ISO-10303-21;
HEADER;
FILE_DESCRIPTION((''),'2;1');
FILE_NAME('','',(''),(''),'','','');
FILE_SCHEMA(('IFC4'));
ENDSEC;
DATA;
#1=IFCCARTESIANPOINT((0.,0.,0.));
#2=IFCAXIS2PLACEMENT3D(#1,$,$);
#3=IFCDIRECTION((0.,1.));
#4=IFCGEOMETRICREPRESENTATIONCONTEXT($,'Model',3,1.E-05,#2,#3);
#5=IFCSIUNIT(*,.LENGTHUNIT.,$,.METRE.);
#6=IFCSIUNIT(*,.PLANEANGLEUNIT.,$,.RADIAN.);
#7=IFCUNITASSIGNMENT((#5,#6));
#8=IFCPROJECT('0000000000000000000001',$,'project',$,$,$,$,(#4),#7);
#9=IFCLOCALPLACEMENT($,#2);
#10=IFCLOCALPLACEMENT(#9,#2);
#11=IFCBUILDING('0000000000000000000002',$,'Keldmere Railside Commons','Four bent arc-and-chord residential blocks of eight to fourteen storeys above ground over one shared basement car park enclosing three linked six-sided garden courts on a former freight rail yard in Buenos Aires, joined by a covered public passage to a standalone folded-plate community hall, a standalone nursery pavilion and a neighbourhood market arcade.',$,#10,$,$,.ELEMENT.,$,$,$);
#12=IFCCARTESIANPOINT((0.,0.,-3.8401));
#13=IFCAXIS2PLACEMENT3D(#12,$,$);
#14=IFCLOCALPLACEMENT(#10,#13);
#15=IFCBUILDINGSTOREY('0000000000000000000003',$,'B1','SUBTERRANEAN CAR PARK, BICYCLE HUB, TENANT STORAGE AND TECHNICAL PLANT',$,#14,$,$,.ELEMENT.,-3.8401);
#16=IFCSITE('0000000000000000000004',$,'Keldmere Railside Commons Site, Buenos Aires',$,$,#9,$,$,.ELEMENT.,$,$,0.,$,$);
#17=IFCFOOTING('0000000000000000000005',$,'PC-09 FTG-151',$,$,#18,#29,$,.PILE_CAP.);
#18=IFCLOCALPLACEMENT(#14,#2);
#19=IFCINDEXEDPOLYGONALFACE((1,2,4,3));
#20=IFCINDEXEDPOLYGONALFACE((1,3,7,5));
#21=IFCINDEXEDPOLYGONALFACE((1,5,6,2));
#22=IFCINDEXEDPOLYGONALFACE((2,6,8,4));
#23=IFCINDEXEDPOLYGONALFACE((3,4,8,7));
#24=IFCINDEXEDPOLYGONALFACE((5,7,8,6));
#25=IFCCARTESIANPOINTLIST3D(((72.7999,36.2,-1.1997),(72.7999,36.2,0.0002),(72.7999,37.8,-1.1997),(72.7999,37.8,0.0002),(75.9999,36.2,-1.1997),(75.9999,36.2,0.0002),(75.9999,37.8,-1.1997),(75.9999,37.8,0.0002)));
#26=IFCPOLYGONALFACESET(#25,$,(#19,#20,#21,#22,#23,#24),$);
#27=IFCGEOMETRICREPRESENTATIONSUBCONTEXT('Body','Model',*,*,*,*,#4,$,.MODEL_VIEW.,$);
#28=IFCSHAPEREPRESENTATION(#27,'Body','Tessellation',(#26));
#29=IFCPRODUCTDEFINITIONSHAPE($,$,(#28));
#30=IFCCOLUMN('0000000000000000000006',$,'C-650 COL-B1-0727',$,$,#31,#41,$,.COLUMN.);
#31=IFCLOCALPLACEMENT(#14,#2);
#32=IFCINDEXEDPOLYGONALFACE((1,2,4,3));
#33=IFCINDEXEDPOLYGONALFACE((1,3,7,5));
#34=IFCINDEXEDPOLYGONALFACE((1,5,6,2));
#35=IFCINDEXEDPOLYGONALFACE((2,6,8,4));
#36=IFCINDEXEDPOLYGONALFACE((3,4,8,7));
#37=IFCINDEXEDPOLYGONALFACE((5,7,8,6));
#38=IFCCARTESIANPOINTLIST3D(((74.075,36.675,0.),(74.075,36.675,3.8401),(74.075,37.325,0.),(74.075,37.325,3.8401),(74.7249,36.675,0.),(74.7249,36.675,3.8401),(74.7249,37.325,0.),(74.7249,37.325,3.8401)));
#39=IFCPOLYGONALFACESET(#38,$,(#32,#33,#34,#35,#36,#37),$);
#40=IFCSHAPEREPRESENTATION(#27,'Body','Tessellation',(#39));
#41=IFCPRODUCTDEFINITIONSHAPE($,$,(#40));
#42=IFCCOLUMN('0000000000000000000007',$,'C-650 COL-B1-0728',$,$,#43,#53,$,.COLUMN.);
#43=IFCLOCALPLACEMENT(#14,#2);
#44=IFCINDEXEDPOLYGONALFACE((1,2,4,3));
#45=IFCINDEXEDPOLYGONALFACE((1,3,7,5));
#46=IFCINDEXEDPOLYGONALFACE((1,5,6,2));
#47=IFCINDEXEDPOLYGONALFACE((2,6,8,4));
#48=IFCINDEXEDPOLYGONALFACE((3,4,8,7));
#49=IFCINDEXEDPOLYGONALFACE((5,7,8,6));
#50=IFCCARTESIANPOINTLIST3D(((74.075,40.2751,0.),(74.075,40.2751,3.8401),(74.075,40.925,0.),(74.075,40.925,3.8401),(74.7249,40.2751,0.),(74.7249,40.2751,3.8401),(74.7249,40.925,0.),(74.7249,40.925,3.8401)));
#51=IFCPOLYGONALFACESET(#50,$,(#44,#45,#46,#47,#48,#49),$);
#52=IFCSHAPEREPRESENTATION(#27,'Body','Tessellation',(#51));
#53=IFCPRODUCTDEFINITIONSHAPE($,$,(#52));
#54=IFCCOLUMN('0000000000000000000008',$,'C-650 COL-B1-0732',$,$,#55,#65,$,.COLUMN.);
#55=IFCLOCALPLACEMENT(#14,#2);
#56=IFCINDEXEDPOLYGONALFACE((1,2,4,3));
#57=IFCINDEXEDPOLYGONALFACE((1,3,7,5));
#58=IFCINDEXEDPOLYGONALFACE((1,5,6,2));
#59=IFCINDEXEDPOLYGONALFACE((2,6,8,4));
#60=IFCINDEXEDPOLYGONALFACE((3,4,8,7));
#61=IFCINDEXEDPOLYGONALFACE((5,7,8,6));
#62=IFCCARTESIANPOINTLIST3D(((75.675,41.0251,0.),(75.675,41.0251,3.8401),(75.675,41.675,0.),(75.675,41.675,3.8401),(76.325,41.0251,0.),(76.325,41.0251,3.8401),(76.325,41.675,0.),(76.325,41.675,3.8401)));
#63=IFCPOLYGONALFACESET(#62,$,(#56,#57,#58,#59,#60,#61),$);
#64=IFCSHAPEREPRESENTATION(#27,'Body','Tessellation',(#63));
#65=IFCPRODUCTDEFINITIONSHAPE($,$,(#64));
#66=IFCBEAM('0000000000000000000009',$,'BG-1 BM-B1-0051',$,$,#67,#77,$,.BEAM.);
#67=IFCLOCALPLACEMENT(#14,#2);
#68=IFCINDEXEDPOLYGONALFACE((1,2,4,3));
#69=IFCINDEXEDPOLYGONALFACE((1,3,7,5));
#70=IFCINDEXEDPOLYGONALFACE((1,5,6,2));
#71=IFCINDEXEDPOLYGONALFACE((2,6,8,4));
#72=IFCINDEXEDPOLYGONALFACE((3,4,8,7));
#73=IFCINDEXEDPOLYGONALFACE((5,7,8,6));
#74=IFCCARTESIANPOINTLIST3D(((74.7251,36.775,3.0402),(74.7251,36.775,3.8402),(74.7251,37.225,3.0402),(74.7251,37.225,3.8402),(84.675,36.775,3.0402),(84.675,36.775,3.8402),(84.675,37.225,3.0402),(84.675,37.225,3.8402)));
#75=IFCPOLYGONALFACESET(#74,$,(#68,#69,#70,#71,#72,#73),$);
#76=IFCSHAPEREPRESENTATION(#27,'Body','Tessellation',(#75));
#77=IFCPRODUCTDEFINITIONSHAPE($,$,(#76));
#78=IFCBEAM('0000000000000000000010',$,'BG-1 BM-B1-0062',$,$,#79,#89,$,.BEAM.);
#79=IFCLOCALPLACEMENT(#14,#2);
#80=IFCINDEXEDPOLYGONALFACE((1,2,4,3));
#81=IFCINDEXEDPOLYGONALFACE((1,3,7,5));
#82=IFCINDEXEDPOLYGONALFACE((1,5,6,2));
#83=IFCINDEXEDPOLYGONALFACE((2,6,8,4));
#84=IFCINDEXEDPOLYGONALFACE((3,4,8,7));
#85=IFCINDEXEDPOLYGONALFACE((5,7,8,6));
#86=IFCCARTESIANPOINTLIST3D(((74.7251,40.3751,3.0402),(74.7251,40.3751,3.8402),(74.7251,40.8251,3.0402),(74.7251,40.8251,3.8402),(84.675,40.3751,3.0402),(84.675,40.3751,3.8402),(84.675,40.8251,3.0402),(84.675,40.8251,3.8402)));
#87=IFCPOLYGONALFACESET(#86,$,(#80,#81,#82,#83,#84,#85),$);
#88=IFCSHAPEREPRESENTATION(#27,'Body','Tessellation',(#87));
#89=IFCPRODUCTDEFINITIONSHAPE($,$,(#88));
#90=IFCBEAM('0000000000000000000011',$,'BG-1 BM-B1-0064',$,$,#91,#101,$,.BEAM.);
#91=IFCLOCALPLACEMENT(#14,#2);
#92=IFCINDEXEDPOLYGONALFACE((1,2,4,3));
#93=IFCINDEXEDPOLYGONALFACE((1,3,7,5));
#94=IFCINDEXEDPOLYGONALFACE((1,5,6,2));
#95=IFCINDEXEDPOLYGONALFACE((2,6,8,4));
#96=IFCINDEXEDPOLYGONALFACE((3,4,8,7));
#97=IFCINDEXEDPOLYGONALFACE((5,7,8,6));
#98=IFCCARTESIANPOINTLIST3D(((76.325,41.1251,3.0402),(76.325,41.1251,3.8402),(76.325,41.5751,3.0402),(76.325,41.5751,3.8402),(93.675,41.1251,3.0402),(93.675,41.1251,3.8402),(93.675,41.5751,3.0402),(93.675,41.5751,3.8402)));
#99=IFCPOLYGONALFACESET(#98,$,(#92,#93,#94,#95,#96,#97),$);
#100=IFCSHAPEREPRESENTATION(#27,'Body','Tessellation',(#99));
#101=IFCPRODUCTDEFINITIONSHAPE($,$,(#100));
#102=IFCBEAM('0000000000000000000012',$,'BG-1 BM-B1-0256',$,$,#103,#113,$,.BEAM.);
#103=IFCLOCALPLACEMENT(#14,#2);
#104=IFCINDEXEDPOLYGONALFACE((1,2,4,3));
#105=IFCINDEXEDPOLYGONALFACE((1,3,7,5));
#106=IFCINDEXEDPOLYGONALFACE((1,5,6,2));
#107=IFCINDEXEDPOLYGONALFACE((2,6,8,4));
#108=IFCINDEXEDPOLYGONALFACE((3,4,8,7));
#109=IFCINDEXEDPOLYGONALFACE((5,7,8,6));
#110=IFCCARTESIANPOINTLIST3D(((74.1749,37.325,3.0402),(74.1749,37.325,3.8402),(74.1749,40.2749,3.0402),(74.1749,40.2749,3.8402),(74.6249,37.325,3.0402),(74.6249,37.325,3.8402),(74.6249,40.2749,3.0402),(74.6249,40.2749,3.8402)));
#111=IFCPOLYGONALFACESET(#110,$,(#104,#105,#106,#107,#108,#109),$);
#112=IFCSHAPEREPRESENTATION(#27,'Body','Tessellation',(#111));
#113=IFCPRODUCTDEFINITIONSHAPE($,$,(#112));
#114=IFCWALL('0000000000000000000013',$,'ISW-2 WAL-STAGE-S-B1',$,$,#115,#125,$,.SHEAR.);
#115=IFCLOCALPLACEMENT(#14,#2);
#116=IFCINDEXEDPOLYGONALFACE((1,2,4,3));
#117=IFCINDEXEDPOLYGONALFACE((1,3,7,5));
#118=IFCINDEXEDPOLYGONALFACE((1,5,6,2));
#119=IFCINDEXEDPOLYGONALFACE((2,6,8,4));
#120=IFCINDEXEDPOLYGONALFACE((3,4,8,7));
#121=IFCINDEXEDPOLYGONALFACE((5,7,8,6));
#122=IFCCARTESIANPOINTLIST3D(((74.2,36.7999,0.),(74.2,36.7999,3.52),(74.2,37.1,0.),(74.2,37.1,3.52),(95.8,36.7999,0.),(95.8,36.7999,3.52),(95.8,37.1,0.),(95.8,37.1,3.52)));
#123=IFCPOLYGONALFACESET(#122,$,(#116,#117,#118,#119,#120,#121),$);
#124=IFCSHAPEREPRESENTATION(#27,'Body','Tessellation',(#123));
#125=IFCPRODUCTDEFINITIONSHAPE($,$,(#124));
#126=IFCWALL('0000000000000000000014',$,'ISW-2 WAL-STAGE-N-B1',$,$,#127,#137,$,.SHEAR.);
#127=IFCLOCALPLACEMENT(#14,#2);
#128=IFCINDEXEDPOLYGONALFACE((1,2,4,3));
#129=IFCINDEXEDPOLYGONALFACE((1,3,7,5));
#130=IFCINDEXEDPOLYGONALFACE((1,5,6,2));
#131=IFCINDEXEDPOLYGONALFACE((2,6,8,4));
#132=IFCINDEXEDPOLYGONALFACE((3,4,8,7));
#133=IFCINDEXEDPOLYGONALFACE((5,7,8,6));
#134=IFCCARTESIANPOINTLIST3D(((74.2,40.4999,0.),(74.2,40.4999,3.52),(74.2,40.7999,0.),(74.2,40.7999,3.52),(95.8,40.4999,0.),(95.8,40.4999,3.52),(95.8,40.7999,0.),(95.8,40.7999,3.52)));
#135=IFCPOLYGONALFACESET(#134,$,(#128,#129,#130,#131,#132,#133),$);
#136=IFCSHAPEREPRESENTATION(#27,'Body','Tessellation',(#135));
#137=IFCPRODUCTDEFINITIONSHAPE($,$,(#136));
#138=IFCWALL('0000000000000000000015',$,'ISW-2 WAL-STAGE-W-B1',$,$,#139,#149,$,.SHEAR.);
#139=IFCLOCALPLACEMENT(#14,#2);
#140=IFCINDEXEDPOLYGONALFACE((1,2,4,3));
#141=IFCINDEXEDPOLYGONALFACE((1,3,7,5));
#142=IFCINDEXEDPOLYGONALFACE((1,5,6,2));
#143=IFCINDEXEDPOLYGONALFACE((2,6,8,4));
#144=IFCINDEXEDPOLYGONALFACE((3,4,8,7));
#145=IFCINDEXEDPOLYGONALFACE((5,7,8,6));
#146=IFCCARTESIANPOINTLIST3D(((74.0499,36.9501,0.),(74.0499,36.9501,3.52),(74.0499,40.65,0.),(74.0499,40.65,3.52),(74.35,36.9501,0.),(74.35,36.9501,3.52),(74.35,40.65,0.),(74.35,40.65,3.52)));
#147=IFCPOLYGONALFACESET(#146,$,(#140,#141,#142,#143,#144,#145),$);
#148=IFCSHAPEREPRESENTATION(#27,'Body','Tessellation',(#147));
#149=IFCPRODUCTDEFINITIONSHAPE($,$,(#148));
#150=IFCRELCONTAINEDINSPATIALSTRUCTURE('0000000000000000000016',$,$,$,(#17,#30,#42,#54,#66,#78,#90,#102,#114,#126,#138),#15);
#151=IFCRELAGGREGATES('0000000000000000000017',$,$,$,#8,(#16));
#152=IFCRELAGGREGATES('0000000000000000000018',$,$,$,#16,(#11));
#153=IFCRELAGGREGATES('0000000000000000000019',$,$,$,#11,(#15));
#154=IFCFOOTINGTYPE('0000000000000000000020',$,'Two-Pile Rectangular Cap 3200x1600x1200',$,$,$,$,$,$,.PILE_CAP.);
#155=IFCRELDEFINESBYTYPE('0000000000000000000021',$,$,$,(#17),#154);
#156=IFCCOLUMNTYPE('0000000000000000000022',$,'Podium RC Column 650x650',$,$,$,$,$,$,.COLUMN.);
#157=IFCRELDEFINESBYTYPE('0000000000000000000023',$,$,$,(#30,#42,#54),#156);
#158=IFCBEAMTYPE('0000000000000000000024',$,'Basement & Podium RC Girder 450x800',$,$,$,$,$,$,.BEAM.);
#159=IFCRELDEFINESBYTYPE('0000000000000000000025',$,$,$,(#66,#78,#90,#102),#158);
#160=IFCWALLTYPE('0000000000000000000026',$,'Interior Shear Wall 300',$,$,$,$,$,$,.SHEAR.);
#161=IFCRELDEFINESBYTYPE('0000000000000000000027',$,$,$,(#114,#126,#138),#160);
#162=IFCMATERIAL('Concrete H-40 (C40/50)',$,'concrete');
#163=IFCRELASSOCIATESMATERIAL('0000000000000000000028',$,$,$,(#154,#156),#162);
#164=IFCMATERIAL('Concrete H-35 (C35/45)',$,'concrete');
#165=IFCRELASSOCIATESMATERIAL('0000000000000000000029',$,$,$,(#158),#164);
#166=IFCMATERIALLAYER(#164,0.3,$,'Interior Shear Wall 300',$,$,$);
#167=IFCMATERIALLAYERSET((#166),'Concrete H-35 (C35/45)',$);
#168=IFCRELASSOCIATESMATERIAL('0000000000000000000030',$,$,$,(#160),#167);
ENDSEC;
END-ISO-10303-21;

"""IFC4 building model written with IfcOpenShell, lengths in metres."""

from ifc_helpers import new_model, si_unit, direction, frame, frame_2d, origin, origin_2d, place, context, subcontext, project, spatial, rectangle, extrude, material, layer, layer_set, material_profile, profile_set, type_object, element, save


model = new_model("IFC4")

# Units and contexts
model_context = context("Model", 3, precision=1e-05, world=origin(), true_north=direction((0.0, 1.0)))
body_context = subcontext(model_context, "Body", "Model", "MODEL_VIEW")
ifc_project = project(units=[si_unit("LENGTHUNIT", "METRE"), si_unit("PLANEANGLEUNIT", "RADIAN")], contexts=[model_context])

# Site, building, storey
site_placement = place(None, origin())
site = spatial("IfcSite", under=ifc_project, at=site_placement, Name="Keldmere Railside Commons Site, Buenos Aires", CompositionType="ELEMENT", RefElevation=0.0)
building_placement = place(site_placement, origin())
building = spatial("IfcBuilding", under=site, at=building_placement, Name="Keldmere Railside Commons", Description="Four bent arc-and-chord residential blocks of eight to fourteen storeys above ground over one shared basement car park enclosing three linked six-sided garden courts on a former freight rail yard in Buenos Aires, joined by a covered public passage to a standalone folded-plate community hall, a standalone nursery pavilion and a neighbourhood market arcade.", CompositionType="ELEMENT")
storey_placement = place(building_placement, frame((0.0, 0.0, -3.8401)))
storey = spatial("IfcBuildingStorey", under=building, at=storey_placement, Name="B1", Description="SUBTERRANEAN CAR PARK, BICYCLE HUB, TENANT STORAGE AND TECHNICAL PLANT", CompositionType="ELEMENT", Elevation=-3.8401)

# Footing
ifc_material_1 = material(Name="Concrete H-40 (C40/50)", Category="concrete")
footing_type_1 = type_object("IfcFootingType", Name="Two-Pile Rectangular Cap 3200x1600x1200", PredefinedType="PILE_CAP", material=ifc_material_1)
footing_1_placement = place(storey_placement, frame((74.3999, 37.0, -1.1997), z_axis=(0.0, 0.0, 1.0), x_axis=(1.0, 0.0, 0.0)))
element("IfcFooting", 1, at=footing_1_placement, inside=storey, type_object=footing_type_1, Name="PC-09 FTG-151", PredefinedType="PILE_CAP", context=body_context, shape_type="SweptSolid", body=[
    extrude(rectangle(XDim=3.2, YDim=1.6001, at=origin_2d()), origin(), (0.0, 0.0, 1.0), 1.2),
])

# Columns
ifc_material_profile_1 = material_profile(ifc_material_1, rectangle(XDim=0.6499, YDim=0.6499, at=origin_2d()), Name="RC-650x650")
ifc_profile_set_1 = profile_set([ifc_material_profile_1], Name="Concrete H-40 (C40/50)")
column_type = type_object("IfcColumnType", Name="Podium RC Column 650x650", PredefinedType="COLUMN", material=ifc_profile_set_1)
for number, where, z_axis, x_axis, name in (
    (2, (74.3999, 37.0, 0.0), (0.0, 0.0, 1.0), (1.0, 0.0, 0.0), "C-650 COL-B1-0727"),
    (3, (74.3999, 40.6001, 0.0), (0.0, 0.0, 1.0), (1.0, 0.0, 0.0), "C-650 COL-B1-0728"),
    (4, (76.0, 41.3501, 0.0), (0.0, 0.0, 1.0), (1.0, 0.0, 0.0), "C-650 COL-B1-0732"),
):
    element("IfcColumn", number, at=place(storey_placement, frame(where, z_axis=z_axis, x_axis=x_axis)), inside=storey, type_object=column_type, Name=name, PredefinedType="COLUMN", context=body_context, shape_type="SweptSolid", body=[
        extrude(rectangle(XDim=0.6499, YDim=0.6499, at=origin_2d()), origin(), (0.0, 0.0, 1.0), 3.8401),
    ])

# Beams
ifc_material_2 = material(Name="Concrete H-35 (C35/45)", Category="concrete")
ifc_material_profile_2 = material_profile(ifc_material_2, rectangle(XDim=0.45, YDim=0.8, at=origin_2d()), Name="RC-450x800")
ifc_profile_set_2 = profile_set([ifc_material_profile_2], Name="Concrete H-35 (C35/45)")
beam_type = type_object("IfcBeamType", Name="Basement & Podium RC Girder 450x800", PredefinedType="BEAM", material=ifc_profile_set_2)
for number, where, z_axis, x_axis, name in (
    (5, (74.7251, 37.0, 3.4402), (1.0, 0.0, 0.0), (0.0, 1.0, 0.0), "BG-1 BM-B1-0051"),
    (6, (74.7251, 40.6001, 3.4402), (1.0, 0.0, 0.0), (0.0, 1.0, 0.0), "BG-1 BM-B1-0062"),
):
    element("IfcBeam", number, at=place(storey_placement, frame(where, z_axis=z_axis, x_axis=x_axis)), inside=storey, type_object=beam_type, Name=name, PredefinedType="BEAM", context=body_context, shape_type="SweptSolid", body=[
        extrude(rectangle(XDim=0.45, YDim=0.8, at=origin_2d()), origin(), (0.0, 0.0, 1.0), 9.95),
    ])
beam_1_placement = place(storey_placement, frame((76.325, 41.3501, 3.4402), z_axis=(1.0, 0.0, 0.0), x_axis=(0.0, 1.0, 0.0)))
element("IfcBeam", 7, at=beam_1_placement, inside=storey, type_object=beam_type, Name="BG-1 BM-B1-0064", PredefinedType="BEAM", context=body_context, shape_type="SweptSolid", body=[
    extrude(rectangle(XDim=0.45, YDim=0.8, at=origin_2d()), origin(), (0.0, 0.0, 1.0), 17.3501),
])
beam_2_placement = place(storey_placement, frame((74.3999, 37.325, 3.4402), z_axis=(0.0, 1.0, 0.0), x_axis=(-1.0, 0.0, 0.0)))
element("IfcBeam", 8, at=beam_2_placement, inside=storey, type_object=beam_type, Name="BG-1 BM-B1-0256", PredefinedType="BEAM", context=body_context, shape_type="SweptSolid", body=[
    extrude(rectangle(XDim=0.45, YDim=0.8, at=origin_2d()), origin(), (0.0, 0.0, 1.0), 2.95),
])

# Walls
ifc_layer = layer(ifc_material_2, 0.3, Name="Interior Shear Wall 300")
ifc_layer_set = layer_set([ifc_layer], Name="Concrete H-35 (C35/45)")
wall_type = type_object("IfcWallType", Name="Interior Shear Wall 300", PredefinedType="SHEAR", material=ifc_layer_set)
for number, where, z_axis, x_axis, name in (
    (9, (74.2, 36.95, 0.0), (0.0, 0.0, 1.0), (1.0, 0.0, 0.0), "ISW-2 WAL-STAGE-S-B1"),
    (10, (74.2, 40.6499, 0.0), (0.0, 0.0, 1.0), (1.0, 0.0, 0.0), "ISW-2 WAL-STAGE-N-B1"),
):
    element("IfcWall", number, at=place(storey_placement, frame(where, z_axis=z_axis, x_axis=x_axis)), inside=storey, type_object=wall_type, Name=name, PredefinedType="SHEAR", context=body_context, shape_type="SweptSolid", body=[
        extrude(rectangle(XDim=21.6001, YDim=0.3, at=frame_2d((10.8, 0.0))), origin(), (0.0, 0.0, 1.0), 3.52),
    ])
wall_placement = place(storey_placement, frame((74.2, 36.95, 0.0), z_axis=(0.0, 0.0, 1.0), x_axis=(0.0, 1.0, 0.0)))
element("IfcWall", 11, at=wall_placement, inside=storey, type_object=wall_type, Name="ISW-2 WAL-STAGE-W-B1", PredefinedType="SHEAR", context=body_context, shape_type="SweptSolid", body=[
    extrude(rectangle(XDim=3.7, YDim=0.3, at=frame_2d((1.8501, 0.0))), origin(), (0.0, 0.0, 1.0), 3.52),
])

save(model, "model.ifc")
